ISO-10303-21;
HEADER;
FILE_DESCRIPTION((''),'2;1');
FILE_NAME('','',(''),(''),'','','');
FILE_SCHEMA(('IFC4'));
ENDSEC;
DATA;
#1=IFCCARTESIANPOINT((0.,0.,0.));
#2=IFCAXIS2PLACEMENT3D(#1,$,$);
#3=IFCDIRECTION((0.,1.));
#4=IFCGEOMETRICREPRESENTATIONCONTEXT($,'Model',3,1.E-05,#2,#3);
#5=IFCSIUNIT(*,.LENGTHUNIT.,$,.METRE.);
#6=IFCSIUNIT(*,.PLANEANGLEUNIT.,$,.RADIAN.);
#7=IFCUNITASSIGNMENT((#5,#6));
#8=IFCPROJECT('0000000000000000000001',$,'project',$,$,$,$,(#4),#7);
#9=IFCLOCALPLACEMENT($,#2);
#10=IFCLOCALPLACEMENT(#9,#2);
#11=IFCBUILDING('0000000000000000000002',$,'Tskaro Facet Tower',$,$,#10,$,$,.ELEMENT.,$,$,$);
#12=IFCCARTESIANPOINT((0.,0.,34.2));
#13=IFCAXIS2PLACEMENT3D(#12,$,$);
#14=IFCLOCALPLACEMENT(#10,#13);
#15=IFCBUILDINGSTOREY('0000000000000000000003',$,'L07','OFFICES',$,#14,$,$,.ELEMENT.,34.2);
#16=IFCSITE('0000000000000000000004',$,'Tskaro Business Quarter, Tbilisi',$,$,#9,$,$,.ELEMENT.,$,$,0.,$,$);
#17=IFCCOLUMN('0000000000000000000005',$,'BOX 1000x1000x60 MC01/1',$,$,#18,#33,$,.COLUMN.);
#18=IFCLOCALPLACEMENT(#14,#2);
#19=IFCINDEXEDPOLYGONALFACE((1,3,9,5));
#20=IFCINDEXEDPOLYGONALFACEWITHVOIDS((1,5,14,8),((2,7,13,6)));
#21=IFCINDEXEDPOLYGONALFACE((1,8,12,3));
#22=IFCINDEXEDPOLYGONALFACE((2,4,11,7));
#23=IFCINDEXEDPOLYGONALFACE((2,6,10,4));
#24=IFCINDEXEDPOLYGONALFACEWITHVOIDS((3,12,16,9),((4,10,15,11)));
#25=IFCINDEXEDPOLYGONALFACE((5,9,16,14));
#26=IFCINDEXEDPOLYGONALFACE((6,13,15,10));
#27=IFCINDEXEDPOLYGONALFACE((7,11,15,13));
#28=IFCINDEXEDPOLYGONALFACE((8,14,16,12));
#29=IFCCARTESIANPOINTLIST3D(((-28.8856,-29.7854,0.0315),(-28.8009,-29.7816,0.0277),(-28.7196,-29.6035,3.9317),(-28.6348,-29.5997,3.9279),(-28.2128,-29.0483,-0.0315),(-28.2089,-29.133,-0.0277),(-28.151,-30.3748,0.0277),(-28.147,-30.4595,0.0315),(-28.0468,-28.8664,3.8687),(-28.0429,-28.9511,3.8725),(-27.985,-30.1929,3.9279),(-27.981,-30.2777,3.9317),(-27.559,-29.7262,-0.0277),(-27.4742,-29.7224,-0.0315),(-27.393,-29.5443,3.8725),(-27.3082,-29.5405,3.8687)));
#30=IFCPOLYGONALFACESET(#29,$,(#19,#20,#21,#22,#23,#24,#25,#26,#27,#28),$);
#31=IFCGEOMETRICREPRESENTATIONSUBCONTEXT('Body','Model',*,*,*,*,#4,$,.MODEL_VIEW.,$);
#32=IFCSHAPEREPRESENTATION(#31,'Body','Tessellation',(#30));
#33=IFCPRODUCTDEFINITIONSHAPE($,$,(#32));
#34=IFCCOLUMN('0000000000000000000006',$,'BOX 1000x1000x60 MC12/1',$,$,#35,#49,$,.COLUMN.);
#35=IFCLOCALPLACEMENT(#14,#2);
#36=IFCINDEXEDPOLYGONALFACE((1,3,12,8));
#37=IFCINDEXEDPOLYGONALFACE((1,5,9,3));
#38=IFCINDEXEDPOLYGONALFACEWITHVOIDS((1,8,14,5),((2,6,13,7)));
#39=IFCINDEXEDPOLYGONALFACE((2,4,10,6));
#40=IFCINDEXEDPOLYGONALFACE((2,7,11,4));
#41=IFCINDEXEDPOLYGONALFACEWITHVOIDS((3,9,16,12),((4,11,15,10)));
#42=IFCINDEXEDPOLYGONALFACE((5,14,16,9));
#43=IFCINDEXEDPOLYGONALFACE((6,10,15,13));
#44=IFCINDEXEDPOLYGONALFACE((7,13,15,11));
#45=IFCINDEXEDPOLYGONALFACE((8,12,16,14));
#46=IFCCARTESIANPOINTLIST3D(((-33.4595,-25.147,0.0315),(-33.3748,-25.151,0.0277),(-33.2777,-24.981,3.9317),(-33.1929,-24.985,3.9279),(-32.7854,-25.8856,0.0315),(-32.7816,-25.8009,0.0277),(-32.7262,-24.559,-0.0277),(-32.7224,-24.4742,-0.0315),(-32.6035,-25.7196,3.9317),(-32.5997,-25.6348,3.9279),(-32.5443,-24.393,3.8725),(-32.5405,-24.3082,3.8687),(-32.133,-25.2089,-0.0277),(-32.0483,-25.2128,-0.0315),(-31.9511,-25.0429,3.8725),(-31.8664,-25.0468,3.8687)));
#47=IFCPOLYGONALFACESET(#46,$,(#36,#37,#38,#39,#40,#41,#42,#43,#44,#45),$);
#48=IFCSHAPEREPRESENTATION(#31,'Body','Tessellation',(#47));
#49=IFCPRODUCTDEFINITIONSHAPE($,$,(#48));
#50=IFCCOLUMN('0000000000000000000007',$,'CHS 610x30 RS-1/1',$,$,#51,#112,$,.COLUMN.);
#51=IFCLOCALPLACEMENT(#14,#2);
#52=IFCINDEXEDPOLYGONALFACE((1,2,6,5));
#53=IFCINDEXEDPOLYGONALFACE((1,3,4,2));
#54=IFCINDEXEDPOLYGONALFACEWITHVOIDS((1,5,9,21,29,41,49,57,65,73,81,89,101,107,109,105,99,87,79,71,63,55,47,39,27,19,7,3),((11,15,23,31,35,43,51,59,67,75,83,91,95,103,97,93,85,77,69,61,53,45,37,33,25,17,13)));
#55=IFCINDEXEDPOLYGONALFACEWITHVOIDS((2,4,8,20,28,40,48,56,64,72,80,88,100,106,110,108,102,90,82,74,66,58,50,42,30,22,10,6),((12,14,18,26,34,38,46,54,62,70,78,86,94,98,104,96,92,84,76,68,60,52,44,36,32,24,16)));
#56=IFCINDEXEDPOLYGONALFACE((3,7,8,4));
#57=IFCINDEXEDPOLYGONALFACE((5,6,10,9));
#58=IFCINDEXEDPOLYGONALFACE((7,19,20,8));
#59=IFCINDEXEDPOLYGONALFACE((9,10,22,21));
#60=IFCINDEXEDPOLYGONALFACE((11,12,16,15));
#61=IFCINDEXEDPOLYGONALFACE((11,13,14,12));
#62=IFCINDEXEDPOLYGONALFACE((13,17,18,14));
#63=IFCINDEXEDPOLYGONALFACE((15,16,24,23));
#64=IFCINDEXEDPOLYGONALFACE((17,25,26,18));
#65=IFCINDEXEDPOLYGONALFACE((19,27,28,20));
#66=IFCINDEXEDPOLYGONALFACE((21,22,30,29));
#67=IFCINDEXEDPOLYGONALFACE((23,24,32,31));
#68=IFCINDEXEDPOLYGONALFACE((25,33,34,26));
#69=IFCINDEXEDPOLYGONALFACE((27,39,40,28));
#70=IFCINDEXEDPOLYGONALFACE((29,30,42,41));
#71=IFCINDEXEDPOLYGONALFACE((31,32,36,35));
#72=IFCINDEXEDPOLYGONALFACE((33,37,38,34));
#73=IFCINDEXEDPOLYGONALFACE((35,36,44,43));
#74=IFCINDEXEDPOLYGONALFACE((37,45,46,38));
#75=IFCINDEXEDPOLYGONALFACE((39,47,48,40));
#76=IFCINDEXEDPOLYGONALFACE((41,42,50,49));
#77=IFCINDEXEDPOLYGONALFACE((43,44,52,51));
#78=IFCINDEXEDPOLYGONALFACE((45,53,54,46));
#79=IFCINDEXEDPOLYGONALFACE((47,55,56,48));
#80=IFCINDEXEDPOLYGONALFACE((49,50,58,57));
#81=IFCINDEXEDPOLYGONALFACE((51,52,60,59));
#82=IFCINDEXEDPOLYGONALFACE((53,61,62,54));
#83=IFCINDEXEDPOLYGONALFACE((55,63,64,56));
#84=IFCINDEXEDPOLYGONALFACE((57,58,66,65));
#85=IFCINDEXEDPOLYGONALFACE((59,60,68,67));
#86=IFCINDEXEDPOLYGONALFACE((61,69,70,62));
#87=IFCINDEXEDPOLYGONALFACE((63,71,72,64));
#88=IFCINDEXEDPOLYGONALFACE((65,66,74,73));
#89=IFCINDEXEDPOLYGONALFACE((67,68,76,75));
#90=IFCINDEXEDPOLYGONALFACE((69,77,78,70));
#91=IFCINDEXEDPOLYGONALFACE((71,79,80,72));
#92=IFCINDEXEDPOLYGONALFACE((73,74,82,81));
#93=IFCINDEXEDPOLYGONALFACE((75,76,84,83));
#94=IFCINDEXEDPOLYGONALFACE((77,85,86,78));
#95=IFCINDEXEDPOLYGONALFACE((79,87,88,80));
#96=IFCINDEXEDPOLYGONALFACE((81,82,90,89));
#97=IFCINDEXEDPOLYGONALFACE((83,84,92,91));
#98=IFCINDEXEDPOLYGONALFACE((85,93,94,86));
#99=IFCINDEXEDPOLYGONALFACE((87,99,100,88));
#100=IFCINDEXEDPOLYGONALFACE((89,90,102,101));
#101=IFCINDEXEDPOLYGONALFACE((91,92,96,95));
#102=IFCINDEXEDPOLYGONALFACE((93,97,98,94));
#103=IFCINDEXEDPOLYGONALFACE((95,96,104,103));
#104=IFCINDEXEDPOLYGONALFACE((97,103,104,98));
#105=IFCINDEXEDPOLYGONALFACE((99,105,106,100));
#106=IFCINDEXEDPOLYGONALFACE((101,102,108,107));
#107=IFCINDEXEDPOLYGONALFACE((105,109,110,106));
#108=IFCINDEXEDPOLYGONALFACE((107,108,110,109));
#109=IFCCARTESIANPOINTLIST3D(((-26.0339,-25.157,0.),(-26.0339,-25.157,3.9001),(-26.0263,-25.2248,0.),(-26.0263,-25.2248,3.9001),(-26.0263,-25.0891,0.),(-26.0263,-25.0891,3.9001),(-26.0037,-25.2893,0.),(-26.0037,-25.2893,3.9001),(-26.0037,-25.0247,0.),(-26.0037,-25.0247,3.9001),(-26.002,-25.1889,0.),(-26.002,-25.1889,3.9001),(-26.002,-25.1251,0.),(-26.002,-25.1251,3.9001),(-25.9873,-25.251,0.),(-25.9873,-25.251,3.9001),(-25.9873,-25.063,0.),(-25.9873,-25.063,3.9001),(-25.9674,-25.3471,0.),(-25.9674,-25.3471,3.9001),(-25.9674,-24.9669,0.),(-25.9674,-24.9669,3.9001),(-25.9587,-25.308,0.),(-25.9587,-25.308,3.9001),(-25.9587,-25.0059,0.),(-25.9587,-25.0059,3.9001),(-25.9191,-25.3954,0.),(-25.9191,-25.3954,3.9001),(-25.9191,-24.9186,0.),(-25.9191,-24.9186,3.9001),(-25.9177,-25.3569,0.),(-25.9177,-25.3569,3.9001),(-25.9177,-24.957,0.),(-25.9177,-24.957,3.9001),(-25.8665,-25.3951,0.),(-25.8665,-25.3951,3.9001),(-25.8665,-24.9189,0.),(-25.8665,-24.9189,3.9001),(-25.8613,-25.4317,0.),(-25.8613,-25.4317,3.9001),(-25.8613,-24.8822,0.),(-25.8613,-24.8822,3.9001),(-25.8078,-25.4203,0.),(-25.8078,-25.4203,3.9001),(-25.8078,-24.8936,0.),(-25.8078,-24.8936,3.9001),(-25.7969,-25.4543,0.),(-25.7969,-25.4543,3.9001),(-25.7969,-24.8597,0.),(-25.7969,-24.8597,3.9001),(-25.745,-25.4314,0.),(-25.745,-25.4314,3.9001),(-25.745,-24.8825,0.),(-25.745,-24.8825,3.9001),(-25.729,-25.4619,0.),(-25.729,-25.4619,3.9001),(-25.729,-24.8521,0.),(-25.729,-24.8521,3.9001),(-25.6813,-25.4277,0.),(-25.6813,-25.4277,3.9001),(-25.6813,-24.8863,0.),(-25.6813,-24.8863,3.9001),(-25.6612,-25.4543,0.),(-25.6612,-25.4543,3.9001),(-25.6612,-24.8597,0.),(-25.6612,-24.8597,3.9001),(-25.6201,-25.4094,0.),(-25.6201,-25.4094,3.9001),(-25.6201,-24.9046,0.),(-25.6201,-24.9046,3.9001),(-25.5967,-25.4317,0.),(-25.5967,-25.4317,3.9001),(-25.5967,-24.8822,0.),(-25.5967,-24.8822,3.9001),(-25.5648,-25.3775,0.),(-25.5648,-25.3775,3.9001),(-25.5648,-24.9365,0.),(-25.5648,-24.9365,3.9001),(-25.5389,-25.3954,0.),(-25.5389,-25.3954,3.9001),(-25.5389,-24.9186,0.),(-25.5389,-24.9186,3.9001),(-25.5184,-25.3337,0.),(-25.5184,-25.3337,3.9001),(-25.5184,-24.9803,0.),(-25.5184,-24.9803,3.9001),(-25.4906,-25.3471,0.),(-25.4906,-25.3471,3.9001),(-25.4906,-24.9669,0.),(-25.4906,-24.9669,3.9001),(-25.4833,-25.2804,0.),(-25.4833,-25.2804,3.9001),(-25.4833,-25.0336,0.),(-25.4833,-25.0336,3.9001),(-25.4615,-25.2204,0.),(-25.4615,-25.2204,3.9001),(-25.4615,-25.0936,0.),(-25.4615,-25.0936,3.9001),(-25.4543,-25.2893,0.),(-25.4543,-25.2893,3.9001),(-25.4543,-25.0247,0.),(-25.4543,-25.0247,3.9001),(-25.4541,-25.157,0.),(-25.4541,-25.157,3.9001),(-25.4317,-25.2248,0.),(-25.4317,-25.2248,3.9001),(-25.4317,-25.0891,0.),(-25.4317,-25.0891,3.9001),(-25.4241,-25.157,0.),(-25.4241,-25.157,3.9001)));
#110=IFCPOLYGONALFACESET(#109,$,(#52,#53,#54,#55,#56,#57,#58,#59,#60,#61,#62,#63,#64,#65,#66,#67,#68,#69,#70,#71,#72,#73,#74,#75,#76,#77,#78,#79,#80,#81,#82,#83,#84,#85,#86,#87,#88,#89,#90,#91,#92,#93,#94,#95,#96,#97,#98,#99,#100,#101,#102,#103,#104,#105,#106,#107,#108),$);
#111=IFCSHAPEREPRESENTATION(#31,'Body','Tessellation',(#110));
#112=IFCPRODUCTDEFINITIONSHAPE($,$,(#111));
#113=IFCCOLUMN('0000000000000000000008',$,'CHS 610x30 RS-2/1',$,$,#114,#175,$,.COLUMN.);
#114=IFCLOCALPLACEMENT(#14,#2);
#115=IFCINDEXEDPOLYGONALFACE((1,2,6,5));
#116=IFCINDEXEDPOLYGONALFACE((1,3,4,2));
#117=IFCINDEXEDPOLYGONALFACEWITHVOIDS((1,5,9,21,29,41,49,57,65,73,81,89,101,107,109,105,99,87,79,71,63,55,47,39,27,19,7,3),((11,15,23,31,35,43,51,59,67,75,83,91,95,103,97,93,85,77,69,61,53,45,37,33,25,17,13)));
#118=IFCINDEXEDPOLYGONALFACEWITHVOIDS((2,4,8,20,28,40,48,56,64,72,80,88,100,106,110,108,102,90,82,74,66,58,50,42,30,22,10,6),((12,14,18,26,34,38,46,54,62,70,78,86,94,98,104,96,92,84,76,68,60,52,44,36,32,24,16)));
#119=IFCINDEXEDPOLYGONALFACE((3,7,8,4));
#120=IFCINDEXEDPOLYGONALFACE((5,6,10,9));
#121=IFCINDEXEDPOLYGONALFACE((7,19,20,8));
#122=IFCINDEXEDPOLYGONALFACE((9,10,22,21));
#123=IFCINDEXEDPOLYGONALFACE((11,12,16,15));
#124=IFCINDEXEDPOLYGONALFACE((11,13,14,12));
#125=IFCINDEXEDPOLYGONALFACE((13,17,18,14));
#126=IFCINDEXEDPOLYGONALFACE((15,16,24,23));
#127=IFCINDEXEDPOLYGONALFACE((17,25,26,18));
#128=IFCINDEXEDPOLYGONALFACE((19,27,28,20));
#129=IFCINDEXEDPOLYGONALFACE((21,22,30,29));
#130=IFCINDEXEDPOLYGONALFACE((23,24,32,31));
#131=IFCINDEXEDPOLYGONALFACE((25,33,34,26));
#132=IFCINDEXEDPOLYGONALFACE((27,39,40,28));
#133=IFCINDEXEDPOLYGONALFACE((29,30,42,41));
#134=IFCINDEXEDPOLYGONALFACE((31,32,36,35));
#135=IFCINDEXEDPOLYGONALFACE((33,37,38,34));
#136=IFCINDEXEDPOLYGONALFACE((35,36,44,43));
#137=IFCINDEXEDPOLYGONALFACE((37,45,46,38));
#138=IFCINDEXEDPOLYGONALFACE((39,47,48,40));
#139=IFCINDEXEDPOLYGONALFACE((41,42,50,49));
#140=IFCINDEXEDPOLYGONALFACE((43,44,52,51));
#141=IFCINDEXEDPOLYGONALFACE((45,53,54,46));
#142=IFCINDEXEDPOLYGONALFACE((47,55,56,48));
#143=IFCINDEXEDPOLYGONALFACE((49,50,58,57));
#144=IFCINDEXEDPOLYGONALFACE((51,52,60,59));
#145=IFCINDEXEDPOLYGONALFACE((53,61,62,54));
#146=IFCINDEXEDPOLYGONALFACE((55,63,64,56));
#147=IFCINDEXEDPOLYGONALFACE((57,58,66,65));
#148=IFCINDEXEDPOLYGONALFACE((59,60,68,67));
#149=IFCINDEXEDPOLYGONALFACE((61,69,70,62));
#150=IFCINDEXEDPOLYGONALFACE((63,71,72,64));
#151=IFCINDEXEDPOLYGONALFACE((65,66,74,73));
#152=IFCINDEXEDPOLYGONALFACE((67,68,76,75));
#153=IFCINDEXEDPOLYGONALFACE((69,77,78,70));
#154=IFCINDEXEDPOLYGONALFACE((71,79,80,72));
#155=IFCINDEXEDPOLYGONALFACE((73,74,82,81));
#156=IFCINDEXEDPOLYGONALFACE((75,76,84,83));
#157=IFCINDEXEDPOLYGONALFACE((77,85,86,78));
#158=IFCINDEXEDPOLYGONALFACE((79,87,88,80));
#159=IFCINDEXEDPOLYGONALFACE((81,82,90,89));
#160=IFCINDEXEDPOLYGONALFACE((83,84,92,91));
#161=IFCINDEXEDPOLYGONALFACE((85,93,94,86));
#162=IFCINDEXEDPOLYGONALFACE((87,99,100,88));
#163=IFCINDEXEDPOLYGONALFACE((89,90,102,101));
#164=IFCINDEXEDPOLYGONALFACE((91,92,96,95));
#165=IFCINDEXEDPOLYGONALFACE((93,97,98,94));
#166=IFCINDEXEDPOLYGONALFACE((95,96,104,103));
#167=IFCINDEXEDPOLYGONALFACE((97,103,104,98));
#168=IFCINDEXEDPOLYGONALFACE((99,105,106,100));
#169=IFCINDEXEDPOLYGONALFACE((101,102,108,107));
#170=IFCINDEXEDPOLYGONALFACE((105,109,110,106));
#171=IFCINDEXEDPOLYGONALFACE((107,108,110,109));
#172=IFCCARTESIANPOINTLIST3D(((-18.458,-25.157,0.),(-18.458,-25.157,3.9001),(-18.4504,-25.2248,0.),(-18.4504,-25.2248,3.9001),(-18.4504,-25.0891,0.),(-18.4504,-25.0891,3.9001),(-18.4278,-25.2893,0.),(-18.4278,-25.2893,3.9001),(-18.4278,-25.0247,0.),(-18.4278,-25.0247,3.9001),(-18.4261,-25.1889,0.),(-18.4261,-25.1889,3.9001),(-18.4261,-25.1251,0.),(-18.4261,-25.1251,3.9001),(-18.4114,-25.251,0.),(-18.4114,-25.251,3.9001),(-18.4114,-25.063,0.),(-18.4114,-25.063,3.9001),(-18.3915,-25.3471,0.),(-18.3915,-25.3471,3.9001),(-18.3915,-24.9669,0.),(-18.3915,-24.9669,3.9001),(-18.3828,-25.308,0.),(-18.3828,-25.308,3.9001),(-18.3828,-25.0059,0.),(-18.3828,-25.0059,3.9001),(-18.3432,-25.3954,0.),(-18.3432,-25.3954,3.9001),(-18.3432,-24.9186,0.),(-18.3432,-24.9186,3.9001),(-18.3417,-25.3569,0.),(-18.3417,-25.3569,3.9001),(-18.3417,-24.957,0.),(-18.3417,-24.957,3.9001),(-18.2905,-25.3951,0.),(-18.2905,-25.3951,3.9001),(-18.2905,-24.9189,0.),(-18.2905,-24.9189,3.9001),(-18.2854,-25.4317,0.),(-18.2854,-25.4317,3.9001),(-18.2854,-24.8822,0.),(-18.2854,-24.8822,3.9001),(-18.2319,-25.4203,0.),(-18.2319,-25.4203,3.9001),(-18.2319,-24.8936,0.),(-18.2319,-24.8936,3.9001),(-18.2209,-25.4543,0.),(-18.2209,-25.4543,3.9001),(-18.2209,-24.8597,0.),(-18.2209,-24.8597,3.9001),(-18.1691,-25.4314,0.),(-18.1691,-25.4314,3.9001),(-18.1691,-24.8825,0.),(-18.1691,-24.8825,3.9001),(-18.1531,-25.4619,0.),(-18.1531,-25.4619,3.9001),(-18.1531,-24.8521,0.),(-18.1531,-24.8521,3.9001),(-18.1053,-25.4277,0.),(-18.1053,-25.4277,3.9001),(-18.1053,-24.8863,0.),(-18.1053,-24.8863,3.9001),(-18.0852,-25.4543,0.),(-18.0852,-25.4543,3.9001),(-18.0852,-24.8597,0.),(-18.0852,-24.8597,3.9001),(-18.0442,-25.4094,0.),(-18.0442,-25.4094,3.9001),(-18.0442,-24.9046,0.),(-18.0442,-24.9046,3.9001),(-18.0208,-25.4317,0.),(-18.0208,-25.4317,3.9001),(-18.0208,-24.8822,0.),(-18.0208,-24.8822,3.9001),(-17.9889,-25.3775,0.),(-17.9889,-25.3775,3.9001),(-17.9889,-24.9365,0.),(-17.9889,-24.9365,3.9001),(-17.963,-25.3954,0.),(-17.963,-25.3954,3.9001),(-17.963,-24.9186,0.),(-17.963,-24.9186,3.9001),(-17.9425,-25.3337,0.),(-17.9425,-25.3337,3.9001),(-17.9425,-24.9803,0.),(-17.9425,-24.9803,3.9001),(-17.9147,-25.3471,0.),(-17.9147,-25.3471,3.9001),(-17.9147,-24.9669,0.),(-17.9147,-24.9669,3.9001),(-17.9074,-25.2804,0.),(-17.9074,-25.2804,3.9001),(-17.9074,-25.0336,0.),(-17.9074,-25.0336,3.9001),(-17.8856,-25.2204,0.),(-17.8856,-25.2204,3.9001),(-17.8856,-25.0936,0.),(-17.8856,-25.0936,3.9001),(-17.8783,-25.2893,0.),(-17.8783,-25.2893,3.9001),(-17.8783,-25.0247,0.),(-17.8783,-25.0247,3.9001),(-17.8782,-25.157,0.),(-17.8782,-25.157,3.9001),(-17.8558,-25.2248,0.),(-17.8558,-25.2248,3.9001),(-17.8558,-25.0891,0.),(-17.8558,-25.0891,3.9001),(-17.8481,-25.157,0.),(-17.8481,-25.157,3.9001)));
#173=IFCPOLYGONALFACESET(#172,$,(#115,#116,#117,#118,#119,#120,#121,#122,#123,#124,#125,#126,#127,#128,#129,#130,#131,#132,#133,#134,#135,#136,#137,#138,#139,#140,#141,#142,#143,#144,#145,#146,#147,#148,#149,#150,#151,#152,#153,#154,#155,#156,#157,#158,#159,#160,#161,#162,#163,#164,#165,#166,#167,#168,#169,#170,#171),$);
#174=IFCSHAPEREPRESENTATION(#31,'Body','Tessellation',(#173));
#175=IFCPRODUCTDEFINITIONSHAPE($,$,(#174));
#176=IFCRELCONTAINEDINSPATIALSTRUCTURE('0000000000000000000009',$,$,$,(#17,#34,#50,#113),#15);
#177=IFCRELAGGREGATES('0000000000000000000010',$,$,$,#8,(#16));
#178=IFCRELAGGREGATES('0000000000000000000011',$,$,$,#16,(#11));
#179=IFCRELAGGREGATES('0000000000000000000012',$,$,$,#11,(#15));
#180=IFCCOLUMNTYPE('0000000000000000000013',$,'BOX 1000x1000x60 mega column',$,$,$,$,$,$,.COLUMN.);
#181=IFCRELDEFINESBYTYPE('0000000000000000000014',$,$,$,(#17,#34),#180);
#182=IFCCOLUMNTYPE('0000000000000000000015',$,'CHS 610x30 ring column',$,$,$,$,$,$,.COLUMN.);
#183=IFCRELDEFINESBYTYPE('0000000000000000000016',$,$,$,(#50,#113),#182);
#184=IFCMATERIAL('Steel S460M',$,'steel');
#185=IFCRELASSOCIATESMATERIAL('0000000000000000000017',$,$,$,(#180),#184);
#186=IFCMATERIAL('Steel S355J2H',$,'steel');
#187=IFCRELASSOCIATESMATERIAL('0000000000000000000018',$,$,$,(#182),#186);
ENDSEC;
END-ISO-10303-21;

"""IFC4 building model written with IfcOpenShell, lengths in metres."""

from ifc_helpers import new_model, si_unit, direction, frame, origin, origin_2d, place, context, subcontext, project, spatial, hollow_rectangle, hollow_circle, extrude, material, material_profile, profile_set, type_object, element, save


model = new_model("IFC4")

# Units and contexts
model_context = context("Model", 3, precision=1e-05, world=origin(), true_north=direction((0.0, 1.0)))
body_context = subcontext(model_context, "Body", "Model", "MODEL_VIEW")
ifc_project = project(units=[si_unit("LENGTHUNIT", "METRE"), si_unit("PLANEANGLEUNIT", "RADIAN")], contexts=[model_context])

# Site, building, storey
site_placement = place(None, origin())
site = spatial("IfcSite", under=ifc_project, at=site_placement, Name="Tskaro Business Quarter, Tbilisi", CompositionType="ELEMENT", RefElevation=0.0)
building_placement = place(site_placement, origin())
building = spatial("IfcBuilding", under=site, at=building_placement, Name="Tskaro Facet Tower", CompositionType="ELEMENT")
storey_placement = place(building_placement, frame((0.0, 0.0, 34.2)))
storey = spatial("IfcBuildingStorey", under=building, at=storey_placement, Name="L07", Description="OFFICES", CompositionType="ELEMENT", Elevation=34.2)

# Columns
ifc_material_1 = material(Name="Steel S460M", Category="steel")
ifc_material_profile_1 = material_profile(ifc_material_1, hollow_rectangle(XDim=1.0, YDim=1.0, WallThickness=0.0601, at=origin_2d()), Name="BOX 1000x1000x60")
ifc_profile_set_1 = profile_set([ifc_material_profile_1], Name="Steel S460M")
column_type_1 = type_object("IfcColumnType", Name="BOX 1000x1000x60 mega column", PredefinedType="COLUMN", material=ifc_profile_set_1)
for number, where, z_axis, x_axis, name in (
    (1, (-28.1799, -29.7539, 0.0), (0.042482, 0.046543, 0.998013), (-0.738593, 0.674152, 0.0), "BOX 1000x1000x60 MC01/1"),
    (2, (-32.7539, -25.1799, 0.0), (0.046543, 0.042482, 0.998013), (-0.674152, 0.738593, 0.0), "BOX 1000x1000x60 MC12/1"),
):
    element("IfcColumn", number, at=place(storey_placement, frame(where, z_axis=z_axis, x_axis=x_axis)), inside=storey, type_object=column_type_1, Name=name, PredefinedType="COLUMN", context=body_context, shape_type="SweptSolid", body=[
        extrude(hollow_rectangle(XDim=1.0, YDim=1.0, WallThickness=0.0601, at=origin_2d()), origin(), (0.0, 0.0, 1.0), 3.908),
    ])
ifc_material_2 = material(Name="Steel S355J2H", Category="steel")
ifc_material_profile_2 = material_profile(ifc_material_2, hollow_circle(Radius=0.3049, WallThickness=0.03, at=origin_2d()), Name="CHS 610x30")
ifc_profile_set_2 = profile_set([ifc_material_profile_2], Name="Steel S355J2H")
column_type_2 = type_object("IfcColumnType", Name="CHS 610x30 ring column", PredefinedType="COLUMN", material=ifc_profile_set_2)
for number, where, z_axis, x_axis, name in (
    (3, (-25.729, -25.157, 0.0), (0.0, 0.0, 1.0), (1.0, 0.0, 0.0), "CHS 610x30 RS-1/1"),
    (4, (-18.1531, -25.157, 0.0), (0.0, 0.0, 1.0), (1.0, 0.0, 0.0), "CHS 610x30 RS-2/1"),
):
    element("IfcColumn", number, at=place(storey_placement, frame(where, z_axis=z_axis, x_axis=x_axis)), inside=storey, type_object=column_type_2, Name=name, PredefinedType="COLUMN", context=body_context, shape_type="SweptSolid", body=[
        extrude(hollow_circle(Radius=0.3049, WallThickness=0.03, at=origin_2d()), origin(), (0.0, 0.0, 1.0), 3.9001),
    ])

save(model, "model.ifc")
